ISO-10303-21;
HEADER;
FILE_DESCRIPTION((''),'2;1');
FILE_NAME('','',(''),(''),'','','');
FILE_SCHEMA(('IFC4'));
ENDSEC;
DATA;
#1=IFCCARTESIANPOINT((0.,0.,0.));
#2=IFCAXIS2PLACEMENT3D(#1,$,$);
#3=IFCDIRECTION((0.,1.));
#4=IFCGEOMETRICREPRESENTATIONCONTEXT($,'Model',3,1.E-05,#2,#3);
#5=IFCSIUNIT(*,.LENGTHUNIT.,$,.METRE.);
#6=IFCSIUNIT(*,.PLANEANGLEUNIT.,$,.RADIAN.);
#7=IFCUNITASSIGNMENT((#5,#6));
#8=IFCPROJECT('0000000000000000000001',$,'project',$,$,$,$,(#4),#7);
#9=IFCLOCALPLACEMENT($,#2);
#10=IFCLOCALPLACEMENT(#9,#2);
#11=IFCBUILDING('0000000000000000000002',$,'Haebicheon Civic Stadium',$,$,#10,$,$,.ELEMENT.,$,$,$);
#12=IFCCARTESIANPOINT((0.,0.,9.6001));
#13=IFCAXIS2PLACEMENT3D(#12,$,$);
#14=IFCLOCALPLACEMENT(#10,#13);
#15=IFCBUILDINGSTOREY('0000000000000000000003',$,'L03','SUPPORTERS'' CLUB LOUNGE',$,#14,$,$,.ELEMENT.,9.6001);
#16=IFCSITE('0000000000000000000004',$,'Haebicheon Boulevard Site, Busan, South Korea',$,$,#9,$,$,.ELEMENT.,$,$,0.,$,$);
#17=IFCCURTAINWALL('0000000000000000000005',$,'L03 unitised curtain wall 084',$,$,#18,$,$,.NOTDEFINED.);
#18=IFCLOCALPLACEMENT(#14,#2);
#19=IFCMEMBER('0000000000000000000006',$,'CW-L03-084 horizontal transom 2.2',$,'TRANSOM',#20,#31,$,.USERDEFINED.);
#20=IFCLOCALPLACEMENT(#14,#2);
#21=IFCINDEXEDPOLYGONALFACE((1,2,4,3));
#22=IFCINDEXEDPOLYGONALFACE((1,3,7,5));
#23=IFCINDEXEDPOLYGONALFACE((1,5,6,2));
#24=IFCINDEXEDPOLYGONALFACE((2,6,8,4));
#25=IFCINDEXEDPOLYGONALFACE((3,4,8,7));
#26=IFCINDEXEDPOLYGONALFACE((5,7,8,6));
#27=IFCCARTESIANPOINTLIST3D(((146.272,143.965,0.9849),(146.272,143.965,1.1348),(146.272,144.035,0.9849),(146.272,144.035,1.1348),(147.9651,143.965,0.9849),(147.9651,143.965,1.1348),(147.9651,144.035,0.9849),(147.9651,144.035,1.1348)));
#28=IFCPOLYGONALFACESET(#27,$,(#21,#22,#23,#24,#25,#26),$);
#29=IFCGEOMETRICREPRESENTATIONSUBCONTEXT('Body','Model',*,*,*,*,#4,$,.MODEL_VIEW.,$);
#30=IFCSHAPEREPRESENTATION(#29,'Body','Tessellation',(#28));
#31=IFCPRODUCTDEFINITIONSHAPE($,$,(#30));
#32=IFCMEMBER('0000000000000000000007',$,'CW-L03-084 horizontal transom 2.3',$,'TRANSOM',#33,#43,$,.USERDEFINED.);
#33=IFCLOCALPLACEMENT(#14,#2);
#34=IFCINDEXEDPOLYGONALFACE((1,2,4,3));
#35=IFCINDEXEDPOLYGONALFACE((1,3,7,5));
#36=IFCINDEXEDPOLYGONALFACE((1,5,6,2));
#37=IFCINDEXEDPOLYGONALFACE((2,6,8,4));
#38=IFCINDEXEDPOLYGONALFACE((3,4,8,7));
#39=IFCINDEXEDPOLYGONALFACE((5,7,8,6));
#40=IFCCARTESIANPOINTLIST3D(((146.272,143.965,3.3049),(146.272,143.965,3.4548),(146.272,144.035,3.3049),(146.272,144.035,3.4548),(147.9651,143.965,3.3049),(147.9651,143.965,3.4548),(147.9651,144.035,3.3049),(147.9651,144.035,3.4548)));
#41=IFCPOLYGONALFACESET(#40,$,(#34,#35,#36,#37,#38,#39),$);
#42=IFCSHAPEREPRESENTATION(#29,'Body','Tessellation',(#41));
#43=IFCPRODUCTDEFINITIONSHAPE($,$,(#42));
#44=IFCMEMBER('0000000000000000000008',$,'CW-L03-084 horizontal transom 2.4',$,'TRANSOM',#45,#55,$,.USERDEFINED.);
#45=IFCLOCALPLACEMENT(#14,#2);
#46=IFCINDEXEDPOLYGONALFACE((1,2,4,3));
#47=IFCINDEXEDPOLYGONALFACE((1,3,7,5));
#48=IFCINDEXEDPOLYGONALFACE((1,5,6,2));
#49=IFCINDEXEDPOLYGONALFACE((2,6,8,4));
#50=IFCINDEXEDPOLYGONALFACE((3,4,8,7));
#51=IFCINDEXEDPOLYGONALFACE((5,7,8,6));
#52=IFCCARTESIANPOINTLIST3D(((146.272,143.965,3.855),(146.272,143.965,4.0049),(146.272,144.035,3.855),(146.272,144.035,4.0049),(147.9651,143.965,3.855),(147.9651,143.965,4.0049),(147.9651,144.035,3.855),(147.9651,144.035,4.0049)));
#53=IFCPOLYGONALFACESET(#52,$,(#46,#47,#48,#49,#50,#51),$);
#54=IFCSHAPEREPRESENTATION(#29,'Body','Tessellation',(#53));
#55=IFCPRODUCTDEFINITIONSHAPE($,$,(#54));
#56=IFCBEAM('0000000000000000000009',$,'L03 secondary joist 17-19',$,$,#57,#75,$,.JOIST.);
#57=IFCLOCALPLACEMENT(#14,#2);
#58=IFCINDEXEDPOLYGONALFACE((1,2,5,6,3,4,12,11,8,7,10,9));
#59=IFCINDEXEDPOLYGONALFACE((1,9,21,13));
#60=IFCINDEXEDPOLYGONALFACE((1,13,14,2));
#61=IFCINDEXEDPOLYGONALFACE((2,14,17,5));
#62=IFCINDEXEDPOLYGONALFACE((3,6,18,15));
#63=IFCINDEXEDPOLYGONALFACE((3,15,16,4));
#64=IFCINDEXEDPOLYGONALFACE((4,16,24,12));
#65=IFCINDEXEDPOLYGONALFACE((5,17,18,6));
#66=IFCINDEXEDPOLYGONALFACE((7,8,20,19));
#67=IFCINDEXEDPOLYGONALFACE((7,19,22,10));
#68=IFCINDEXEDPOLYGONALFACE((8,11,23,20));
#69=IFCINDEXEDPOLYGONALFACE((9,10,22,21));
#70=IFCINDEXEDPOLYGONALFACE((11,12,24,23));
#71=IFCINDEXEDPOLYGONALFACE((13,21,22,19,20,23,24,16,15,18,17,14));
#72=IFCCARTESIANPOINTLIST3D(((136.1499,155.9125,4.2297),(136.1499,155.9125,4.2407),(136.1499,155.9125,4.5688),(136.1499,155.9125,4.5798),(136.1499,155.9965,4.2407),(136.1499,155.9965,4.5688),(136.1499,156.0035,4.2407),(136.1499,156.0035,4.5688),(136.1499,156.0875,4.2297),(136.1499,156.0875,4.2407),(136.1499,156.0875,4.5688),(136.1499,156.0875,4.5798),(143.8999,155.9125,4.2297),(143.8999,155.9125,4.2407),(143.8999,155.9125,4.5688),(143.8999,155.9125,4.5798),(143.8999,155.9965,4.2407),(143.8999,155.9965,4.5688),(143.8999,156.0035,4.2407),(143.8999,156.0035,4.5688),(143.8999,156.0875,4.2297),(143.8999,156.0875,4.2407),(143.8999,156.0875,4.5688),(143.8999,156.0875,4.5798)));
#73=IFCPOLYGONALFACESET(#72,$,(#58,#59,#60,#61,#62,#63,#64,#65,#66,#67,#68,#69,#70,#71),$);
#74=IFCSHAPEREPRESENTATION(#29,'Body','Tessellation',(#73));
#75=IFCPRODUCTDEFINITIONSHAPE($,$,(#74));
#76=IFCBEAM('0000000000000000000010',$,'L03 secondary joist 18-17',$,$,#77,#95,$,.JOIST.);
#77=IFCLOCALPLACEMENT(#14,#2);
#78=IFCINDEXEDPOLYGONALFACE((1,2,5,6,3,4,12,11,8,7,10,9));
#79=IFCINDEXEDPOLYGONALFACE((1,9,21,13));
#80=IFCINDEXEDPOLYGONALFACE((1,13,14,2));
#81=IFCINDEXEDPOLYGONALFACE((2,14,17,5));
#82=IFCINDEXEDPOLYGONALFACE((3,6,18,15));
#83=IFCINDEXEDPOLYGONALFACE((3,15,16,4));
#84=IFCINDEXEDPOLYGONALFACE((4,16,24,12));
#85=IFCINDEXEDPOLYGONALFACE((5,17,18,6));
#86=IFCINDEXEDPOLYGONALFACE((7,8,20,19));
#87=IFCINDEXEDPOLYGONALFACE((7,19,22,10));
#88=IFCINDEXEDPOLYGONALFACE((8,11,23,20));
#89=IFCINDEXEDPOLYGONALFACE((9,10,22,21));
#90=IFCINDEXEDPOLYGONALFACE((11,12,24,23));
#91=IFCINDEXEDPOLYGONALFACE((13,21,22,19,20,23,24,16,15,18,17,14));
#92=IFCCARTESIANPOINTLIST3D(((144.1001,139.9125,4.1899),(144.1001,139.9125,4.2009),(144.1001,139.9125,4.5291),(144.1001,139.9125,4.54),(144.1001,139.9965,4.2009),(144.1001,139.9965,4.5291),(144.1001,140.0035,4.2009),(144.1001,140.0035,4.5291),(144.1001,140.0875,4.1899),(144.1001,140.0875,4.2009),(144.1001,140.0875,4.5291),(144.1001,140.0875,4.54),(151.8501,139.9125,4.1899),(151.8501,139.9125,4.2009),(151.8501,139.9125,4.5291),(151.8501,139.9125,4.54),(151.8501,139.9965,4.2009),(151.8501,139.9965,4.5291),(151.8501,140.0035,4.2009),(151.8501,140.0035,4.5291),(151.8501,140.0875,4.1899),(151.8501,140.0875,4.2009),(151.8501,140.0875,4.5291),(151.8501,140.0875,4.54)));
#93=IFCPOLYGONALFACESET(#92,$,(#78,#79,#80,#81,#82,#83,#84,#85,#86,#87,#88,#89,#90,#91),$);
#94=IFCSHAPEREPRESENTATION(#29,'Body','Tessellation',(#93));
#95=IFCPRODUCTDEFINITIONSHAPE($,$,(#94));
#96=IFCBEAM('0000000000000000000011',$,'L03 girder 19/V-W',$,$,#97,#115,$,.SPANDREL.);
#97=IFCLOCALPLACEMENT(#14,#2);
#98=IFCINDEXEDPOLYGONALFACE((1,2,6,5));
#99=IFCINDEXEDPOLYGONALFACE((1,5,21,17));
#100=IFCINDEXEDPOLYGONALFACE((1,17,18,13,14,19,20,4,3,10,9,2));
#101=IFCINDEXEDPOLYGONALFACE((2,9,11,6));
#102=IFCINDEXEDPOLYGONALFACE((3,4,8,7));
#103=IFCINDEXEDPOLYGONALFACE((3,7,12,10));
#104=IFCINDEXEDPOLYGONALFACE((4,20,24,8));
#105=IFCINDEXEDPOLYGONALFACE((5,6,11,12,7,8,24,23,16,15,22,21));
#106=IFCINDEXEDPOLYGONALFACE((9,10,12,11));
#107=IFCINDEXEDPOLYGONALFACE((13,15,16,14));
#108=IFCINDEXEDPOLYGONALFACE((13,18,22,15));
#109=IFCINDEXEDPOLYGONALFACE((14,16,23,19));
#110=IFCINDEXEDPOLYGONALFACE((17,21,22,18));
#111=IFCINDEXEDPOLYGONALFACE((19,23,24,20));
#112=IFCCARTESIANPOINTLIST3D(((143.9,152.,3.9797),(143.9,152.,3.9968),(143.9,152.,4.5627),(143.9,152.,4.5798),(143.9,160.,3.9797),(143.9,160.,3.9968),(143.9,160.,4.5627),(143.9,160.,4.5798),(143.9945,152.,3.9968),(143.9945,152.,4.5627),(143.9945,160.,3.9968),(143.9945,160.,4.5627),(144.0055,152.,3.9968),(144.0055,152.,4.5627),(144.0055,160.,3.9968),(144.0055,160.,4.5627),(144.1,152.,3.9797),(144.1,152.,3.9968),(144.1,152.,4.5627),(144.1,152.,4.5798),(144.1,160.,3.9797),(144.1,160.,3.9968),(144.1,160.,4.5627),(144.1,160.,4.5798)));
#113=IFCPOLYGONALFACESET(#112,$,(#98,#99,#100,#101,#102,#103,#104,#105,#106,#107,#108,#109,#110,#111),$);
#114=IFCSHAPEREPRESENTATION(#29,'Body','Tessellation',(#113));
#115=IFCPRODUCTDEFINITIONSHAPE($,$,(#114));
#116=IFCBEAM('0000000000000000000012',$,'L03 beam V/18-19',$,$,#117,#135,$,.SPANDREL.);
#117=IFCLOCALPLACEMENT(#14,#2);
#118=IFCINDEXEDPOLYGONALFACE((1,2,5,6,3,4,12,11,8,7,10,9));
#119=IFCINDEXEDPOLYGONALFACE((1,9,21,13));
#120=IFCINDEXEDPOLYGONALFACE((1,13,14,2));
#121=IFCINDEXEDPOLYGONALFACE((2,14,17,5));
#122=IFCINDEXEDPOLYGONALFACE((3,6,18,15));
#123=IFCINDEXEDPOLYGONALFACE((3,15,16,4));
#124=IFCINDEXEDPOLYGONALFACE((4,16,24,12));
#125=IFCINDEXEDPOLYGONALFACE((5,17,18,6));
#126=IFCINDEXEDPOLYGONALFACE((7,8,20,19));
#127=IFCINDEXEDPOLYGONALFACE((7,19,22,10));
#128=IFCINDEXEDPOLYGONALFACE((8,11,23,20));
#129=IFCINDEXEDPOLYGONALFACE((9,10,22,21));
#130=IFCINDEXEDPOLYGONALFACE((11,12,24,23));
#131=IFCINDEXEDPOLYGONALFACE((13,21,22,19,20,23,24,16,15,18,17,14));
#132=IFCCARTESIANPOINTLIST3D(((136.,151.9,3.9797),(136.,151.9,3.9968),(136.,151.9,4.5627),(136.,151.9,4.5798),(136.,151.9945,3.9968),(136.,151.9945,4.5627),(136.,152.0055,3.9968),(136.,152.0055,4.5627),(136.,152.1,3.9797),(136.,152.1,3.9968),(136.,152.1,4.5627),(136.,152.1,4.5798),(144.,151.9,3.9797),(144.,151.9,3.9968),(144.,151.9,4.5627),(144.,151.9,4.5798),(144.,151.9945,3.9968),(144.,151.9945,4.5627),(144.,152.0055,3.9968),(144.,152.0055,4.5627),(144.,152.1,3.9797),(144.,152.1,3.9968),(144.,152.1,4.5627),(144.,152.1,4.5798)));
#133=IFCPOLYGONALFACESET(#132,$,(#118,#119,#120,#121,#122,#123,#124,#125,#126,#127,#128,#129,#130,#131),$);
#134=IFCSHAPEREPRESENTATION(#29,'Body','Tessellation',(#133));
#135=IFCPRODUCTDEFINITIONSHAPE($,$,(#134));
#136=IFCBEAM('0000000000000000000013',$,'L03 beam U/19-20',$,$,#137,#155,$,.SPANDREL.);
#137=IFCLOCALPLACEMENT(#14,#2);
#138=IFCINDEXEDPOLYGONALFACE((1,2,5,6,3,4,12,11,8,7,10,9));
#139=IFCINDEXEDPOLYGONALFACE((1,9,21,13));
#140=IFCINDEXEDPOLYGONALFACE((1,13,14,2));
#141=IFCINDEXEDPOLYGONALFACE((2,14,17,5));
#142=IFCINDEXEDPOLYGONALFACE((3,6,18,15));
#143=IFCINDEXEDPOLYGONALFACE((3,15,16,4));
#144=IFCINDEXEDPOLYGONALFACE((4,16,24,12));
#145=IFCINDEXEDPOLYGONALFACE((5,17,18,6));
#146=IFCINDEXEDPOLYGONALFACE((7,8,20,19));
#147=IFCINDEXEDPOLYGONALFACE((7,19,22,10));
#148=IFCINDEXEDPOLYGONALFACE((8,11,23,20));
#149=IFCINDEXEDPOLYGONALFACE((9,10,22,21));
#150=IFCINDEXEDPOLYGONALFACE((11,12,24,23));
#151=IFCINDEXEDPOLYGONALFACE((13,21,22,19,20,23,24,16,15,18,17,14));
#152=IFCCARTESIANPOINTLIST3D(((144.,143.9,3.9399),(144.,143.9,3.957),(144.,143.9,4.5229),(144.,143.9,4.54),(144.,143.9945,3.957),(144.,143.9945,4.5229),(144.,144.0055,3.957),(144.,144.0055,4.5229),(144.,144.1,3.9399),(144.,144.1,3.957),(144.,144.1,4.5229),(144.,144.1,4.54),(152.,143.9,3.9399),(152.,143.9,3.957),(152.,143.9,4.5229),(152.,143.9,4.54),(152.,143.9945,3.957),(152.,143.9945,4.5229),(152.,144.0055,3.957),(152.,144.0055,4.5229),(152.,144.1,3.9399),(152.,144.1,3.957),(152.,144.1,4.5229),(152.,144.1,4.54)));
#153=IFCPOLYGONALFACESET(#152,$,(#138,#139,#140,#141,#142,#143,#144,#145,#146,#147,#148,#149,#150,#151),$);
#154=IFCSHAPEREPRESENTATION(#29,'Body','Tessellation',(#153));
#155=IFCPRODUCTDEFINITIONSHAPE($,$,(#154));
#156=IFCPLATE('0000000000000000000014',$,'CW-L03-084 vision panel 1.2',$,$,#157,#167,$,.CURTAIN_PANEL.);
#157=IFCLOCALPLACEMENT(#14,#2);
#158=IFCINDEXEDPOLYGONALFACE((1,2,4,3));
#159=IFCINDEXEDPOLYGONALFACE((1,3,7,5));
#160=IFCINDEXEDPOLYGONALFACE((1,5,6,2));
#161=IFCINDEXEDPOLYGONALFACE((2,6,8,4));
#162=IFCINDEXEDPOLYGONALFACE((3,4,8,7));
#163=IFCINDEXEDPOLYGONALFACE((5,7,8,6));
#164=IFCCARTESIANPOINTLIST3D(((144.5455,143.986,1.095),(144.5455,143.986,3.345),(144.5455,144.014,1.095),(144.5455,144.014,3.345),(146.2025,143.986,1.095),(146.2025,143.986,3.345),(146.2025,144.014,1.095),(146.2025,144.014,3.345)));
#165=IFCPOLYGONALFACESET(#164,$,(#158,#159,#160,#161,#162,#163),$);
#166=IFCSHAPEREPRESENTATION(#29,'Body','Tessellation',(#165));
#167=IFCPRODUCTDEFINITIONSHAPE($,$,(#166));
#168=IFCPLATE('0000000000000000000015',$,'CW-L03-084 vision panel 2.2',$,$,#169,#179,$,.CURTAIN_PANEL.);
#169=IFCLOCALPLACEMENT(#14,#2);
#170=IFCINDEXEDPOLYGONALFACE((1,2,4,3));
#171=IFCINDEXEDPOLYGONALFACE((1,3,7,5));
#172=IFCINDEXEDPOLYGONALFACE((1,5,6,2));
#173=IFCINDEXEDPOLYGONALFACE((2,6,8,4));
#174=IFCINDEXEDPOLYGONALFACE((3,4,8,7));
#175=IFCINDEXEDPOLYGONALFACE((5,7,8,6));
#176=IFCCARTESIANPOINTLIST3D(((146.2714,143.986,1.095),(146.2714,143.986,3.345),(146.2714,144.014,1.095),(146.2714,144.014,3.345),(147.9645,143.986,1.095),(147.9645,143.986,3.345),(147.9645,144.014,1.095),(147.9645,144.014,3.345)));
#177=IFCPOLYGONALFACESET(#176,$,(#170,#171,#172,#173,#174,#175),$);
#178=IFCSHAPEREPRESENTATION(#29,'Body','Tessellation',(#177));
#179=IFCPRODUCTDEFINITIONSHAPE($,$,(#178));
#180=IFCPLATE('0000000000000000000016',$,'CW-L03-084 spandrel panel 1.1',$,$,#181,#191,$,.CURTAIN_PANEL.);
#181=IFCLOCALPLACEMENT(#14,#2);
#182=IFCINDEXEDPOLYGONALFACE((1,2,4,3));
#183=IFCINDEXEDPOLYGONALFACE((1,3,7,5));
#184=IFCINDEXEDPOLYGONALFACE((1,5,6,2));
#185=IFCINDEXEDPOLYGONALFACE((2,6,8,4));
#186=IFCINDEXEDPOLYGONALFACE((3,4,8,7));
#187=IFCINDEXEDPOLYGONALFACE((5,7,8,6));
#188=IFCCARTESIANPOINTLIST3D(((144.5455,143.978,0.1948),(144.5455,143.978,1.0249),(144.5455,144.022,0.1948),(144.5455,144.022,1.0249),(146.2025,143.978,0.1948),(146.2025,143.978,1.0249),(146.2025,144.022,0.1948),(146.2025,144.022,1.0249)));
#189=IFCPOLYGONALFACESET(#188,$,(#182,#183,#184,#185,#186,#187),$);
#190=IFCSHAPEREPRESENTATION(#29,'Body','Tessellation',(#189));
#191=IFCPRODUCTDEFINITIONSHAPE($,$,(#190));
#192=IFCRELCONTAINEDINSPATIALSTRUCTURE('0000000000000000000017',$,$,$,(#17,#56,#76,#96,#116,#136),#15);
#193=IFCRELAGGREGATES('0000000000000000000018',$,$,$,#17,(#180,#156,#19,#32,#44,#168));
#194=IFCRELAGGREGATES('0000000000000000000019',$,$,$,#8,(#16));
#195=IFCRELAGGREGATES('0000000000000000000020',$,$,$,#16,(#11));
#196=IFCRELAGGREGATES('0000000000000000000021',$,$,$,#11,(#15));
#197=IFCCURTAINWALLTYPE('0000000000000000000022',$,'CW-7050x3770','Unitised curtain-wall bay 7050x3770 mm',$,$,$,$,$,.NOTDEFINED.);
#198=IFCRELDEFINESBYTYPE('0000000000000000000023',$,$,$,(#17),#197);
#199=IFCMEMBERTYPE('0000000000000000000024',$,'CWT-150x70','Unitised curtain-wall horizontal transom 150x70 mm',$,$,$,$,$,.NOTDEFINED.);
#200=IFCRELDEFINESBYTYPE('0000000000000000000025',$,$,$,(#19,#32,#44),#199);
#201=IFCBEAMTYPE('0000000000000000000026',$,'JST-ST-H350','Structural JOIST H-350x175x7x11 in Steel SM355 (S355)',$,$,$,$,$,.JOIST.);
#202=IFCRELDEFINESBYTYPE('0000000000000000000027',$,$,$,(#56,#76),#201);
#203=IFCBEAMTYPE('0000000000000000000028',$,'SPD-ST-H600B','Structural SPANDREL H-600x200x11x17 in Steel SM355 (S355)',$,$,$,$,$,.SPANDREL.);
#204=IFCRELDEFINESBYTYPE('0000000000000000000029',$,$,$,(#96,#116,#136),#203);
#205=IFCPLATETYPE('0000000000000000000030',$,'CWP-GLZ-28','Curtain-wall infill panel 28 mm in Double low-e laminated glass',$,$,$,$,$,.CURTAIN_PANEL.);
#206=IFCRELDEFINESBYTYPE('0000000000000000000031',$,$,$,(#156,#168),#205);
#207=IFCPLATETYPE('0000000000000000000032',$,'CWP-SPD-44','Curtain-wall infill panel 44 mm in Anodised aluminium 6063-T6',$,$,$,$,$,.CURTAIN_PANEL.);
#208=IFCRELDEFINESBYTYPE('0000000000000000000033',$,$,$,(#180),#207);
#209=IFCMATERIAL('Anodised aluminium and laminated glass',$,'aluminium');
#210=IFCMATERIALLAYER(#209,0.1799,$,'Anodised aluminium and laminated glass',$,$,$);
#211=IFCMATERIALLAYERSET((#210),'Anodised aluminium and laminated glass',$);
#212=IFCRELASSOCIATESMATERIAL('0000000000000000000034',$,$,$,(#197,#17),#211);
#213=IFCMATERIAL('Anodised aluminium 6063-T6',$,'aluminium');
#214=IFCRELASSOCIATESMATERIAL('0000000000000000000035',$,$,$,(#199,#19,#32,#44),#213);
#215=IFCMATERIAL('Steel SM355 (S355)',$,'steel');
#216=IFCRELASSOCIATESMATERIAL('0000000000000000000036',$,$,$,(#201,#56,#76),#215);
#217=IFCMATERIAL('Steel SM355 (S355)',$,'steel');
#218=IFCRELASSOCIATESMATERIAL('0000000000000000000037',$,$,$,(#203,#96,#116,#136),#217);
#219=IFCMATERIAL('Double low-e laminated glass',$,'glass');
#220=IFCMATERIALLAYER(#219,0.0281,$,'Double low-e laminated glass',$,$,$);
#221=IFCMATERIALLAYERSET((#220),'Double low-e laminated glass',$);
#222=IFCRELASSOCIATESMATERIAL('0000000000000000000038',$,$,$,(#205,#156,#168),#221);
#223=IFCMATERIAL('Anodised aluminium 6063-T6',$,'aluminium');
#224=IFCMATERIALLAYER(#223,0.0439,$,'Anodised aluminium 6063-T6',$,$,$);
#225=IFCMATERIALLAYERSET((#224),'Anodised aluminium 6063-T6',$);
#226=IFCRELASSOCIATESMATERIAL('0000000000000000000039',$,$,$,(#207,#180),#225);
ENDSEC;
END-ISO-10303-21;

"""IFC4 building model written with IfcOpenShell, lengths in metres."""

from ifc_helpers import new_model, si_unit, direction, frame, origin, origin_2d, place, context, subcontext, project, spatial, rectangle, i_section, extrude, material, layer, layer_set, material_profile, profile_set, type_object, element, aggregate, save


model = new_model("IFC4")

# Units and contexts
model_context = context("Model", 3, precision=1e-05, world=origin(), true_north=direction((0.0, 1.0)))
body_context = subcontext(model_context, "Body", "Model", "MODEL_VIEW")
ifc_project = project(units=[si_unit("LENGTHUNIT", "METRE"), si_unit("PLANEANGLEUNIT", "RADIAN")], contexts=[model_context])

# Site, building, storey
site_placement = place(None, origin())
site = spatial("IfcSite", under=ifc_project, at=site_placement, Name="Haebicheon Boulevard Site, Busan, South Korea", CompositionType="ELEMENT", RefElevation=0.0)
building_placement = place(site_placement, origin())
building = spatial("IfcBuilding", under=site, at=building_placement, Name="Haebicheon Civic Stadium", CompositionType="ELEMENT")
storey_placement = place(building_placement, frame((0.0, 0.0, 9.6001)))
storey = spatial("IfcBuildingStorey", under=building, at=storey_placement, Name="L03", Description="SUPPORTERS' CLUB LOUNGE", CompositionType="ELEMENT", Elevation=9.6001)

# Curtain wall, members
ifc_material_1 = material(Name="Anodised aluminium and laminated glass", Category="aluminium")
ifc_layer_1 = layer(ifc_material_1, 0.1799, Name="Anodised aluminium and laminated glass")
ifc_layer_set_1 = layer_set([ifc_layer_1], Name="Anodised aluminium and laminated glass")
curtain_wall_type = type_object("IfcCurtainWallType", Name="CW-7050x3770", Description="Unitised curtain-wall bay 7050x3770 mm", PredefinedType="NOTDEFINED", material=ifc_layer_set_1)
curtain_wall_placement = place(storey_placement, origin())
curtain_wall = element("IfcCurtainWall", 1, at=curtain_wall_placement, inside=storey, type_object=curtain_wall_type, material=ifc_layer_set_1, Name="L03 unitised curtain wall 084", PredefinedType="NOTDEFINED")
ifc_material_2 = material(Name="Anodised aluminium 6063-T6", Category="aluminium")
ifc_material_profile_1 = material_profile(ifc_material_2, rectangle(XDim=0.0701, YDim=0.1499, at=origin_2d()), Name="ALU-TRAN-70x150")
ifc_profile_set_1 = profile_set([ifc_material_profile_1], Name="Anodised aluminium 6063-T6")
member_type_1 = type_object("IfcMemberType", Name="CWT-150x70", Description="Unitised curtain-wall horizontal transom 150x70 mm", PredefinedType="NOTDEFINED", material=ifc_profile_set_1)
member_1_placement = place(storey_placement, frame((146.272, 144.0, 1.0598), z_axis=(1.0, 0.0, 0.0), x_axis=(0.0, 1.0, 0.0)))
member_1 = element("IfcMember", 2, at=member_1_placement, type_object=member_type_1, material=ifc_profile_set_1, Name="CW-L03-084 horizontal transom 2.2", ObjectType="TRANSOM", PredefinedType="USERDEFINED", context=body_context, shape_type="SweptSolid", body=[
    extrude(rectangle(XDim=0.0701, YDim=0.1499, at=origin_2d()), origin(), (0.0, 0.0, 1.0), 1.6931),
])
member_2_placement = place(storey_placement, frame((146.272, 144.0, 3.3799), z_axis=(1.0, 0.0, 0.0), x_axis=(0.0, 1.0, 0.0)))
member_2 = element("IfcMember", 3, at=member_2_placement, type_object=member_type_1, material=ifc_profile_set_1, Name="CW-L03-084 horizontal transom 2.3", ObjectType="TRANSOM", PredefinedType="USERDEFINED", context=body_context, shape_type="SweptSolid", body=[
    extrude(rectangle(XDim=0.0701, YDim=0.1499, at=origin_2d()), origin(), (0.0, 0.0, 1.0), 1.6931),
])
member_3_placement = place(storey_placement, frame((146.272, 144.0, 3.9299), z_axis=(1.0, 0.0, 0.0), x_axis=(0.0, 1.0, 0.0)))
member_3 = element("IfcMember", 4, at=member_3_placement, type_object=member_type_1, material=ifc_profile_set_1, Name="CW-L03-084 horizontal transom 2.4", ObjectType="TRANSOM", PredefinedType="USERDEFINED", context=body_context, shape_type="SweptSolid", body=[
    extrude(rectangle(XDim=0.0701, YDim=0.1499, at=origin_2d()), origin(), (0.0, 0.0, 1.0), 1.6931),
])

# Beams
ifc_material_3 = material(Name="Steel SM355 (S355)", Category="steel")
ifc_material_profile_2 = material_profile(ifc_material_3, i_section(OverallWidth=0.175, OverallDepth=0.3501, WebThickness=0.0071, FlangeThickness=0.011, at=origin_2d()), Name="H-350x175x7x11")
ifc_profile_set_2 = profile_set([ifc_material_profile_2], Name="Steel SM355 (S355)")
beam_type_1 = type_object("IfcBeamType", Name="JST-ST-H350", Description="Structural JOIST H-350x175x7x11 in Steel SM355 (S355)", PredefinedType="JOIST", material=ifc_profile_set_2)
for number, where, z_axis, x_axis, name in (
    (5, (136.1499, 156.0, 4.4048), (1.0, 0.0, 0.0), (0.0, 1.0, 0.0), "L03 secondary joist 17-19"),
    (6, (144.1001, 140.0, 4.365), (1.0, 0.0, 0.0), (0.0, 1.0, 0.0), "L03 secondary joist 18-17"),
):
    element("IfcBeam", number, at=place(storey_placement, frame(where, z_axis=z_axis, x_axis=x_axis)), inside=storey, type_object=beam_type_1, material=ifc_profile_set_2, Name=name, PredefinedType="JOIST", context=body_context, shape_type="SweptSolid", body=[
        extrude(i_section(OverallWidth=0.175, OverallDepth=0.3501, WebThickness=0.0071, FlangeThickness=0.011, at=origin_2d()), origin(), (0.0, 0.0, 1.0), 7.75),
    ])
ifc_material_4 = material(Name="Steel SM355 (S355)", Category="steel")
ifc_material_profile_3 = material_profile(ifc_material_4, i_section(OverallWidth=0.2, OverallDepth=0.6001, WebThickness=0.011, FlangeThickness=0.0171, at=origin_2d()), Name="H-600x200x11x17")
ifc_profile_set_3 = profile_set([ifc_material_profile_3], Name="Steel SM355 (S355)")
beam_type_2 = type_object("IfcBeamType", Name="SPD-ST-H600B", Description="Structural SPANDREL H-600x200x11x17 in Steel SM355 (S355)", PredefinedType="SPANDREL", material=ifc_profile_set_3)
for number, where, z_axis, x_axis, name in (
    (7, (144.0, 152.0, 4.2798), (0.0, 1.0, 0.0), (-1.0, 0.0, 0.0), "L03 girder 19/V-W"),
    (8, (136.0, 152.0, 4.2798), (1.0, 0.0, 0.0), (0.0, 1.0, 0.0), "L03 beam V/18-19"),
    (9, (144.0, 144.0, 4.24), (1.0, 0.0, 0.0), (0.0, 1.0, 0.0), "L03 beam U/19-20"),
):
    element("IfcBeam", number, at=place(storey_placement, frame(where, z_axis=z_axis, x_axis=x_axis)), inside=storey, type_object=beam_type_2, material=ifc_profile_set_3, Name=name, PredefinedType="SPANDREL", context=body_context, shape_type="SweptSolid", body=[
        extrude(i_section(OverallWidth=0.2, OverallDepth=0.6001, WebThickness=0.011, FlangeThickness=0.0171, at=origin_2d()), origin(), (0.0, 0.0, 1.0), 8.0),
    ])

# Plates
ifc_material_5 = material(Name="Double low-e laminated glass", Category="glass")
ifc_layer_2 = layer(ifc_material_5, 0.0281, Name="Double low-e laminated glass")
ifc_layer_set_2 = layer_set([ifc_layer_2], Name="Double low-e laminated glass")
plate_type_1 = type_object("IfcPlateType", Name="CWP-GLZ-28", Description="Curtain-wall infill panel 28 mm in Double low-e laminated glass", PredefinedType="CURTAIN_PANEL", material=ifc_layer_set_2)
plate_1_placement = place(storey_placement, frame((145.374, 144.0, 1.095), z_axis=(0.0, 0.0, 1.0), x_axis=(1.0, 0.0, 0.0)))
plate_1 = element("IfcPlate", 10, at=plate_1_placement, type_object=plate_type_1, material=ifc_layer_set_2, Name="CW-L03-084 vision panel 1.2", PredefinedType="CURTAIN_PANEL", context=body_context, shape_type="SweptSolid", body=[
    extrude(rectangle(XDim=1.657, YDim=0.0281, at=origin_2d()), origin(), (0.0, 0.0, 1.0), 2.25),
])
plate_2_placement = place(storey_placement, frame((147.1179, 144.0, 1.095), z_axis=(0.0, 0.0, 1.0), x_axis=(1.0, 0.0, 0.0)))
plate_2 = element("IfcPlate", 11, at=plate_2_placement, type_object=plate_type_1, material=ifc_layer_set_2, Name="CW-L03-084 vision panel 2.2", PredefinedType="CURTAIN_PANEL", context=body_context, shape_type="SweptSolid", body=[
    extrude(rectangle(XDim=1.6931, YDim=0.0281, at=origin_2d()), origin(), (0.0, 0.0, 1.0), 2.25),
])
ifc_material_6 = material(Name="Anodised aluminium 6063-T6", Category="aluminium")
ifc_layer_3 = layer(ifc_material_6, 0.0439, Name="Anodised aluminium 6063-T6")
ifc_layer_set_3 = layer_set([ifc_layer_3], Name="Anodised aluminium 6063-T6")
plate_type_2 = type_object("IfcPlateType", Name="CWP-SPD-44", Description="Curtain-wall infill panel 44 mm in Anodised aluminium 6063-T6", PredefinedType="CURTAIN_PANEL", material=ifc_layer_set_3)
plate_3_placement = place(storey_placement, frame((145.374, 144.0, 0.1948), z_axis=(0.0, 0.0, 1.0), x_axis=(1.0, 0.0, 0.0)))
plate_3 = element("IfcPlate", 12, at=plate_3_placement, type_object=plate_type_2, material=ifc_layer_set_3, Name="CW-L03-084 spandrel panel 1.1", PredefinedType="CURTAIN_PANEL", context=body_context, shape_type="SweptSolid", body=[
    extrude(rectangle(XDim=1.657, YDim=0.0439, at=origin_2d()), origin(), (0.0, 0.0, 1.0), 0.8301),
])
aggregate(curtain_wall, [plate_3, plate_1, member_1, member_2, member_3, plate_2])

save(model, "model.ifc")
